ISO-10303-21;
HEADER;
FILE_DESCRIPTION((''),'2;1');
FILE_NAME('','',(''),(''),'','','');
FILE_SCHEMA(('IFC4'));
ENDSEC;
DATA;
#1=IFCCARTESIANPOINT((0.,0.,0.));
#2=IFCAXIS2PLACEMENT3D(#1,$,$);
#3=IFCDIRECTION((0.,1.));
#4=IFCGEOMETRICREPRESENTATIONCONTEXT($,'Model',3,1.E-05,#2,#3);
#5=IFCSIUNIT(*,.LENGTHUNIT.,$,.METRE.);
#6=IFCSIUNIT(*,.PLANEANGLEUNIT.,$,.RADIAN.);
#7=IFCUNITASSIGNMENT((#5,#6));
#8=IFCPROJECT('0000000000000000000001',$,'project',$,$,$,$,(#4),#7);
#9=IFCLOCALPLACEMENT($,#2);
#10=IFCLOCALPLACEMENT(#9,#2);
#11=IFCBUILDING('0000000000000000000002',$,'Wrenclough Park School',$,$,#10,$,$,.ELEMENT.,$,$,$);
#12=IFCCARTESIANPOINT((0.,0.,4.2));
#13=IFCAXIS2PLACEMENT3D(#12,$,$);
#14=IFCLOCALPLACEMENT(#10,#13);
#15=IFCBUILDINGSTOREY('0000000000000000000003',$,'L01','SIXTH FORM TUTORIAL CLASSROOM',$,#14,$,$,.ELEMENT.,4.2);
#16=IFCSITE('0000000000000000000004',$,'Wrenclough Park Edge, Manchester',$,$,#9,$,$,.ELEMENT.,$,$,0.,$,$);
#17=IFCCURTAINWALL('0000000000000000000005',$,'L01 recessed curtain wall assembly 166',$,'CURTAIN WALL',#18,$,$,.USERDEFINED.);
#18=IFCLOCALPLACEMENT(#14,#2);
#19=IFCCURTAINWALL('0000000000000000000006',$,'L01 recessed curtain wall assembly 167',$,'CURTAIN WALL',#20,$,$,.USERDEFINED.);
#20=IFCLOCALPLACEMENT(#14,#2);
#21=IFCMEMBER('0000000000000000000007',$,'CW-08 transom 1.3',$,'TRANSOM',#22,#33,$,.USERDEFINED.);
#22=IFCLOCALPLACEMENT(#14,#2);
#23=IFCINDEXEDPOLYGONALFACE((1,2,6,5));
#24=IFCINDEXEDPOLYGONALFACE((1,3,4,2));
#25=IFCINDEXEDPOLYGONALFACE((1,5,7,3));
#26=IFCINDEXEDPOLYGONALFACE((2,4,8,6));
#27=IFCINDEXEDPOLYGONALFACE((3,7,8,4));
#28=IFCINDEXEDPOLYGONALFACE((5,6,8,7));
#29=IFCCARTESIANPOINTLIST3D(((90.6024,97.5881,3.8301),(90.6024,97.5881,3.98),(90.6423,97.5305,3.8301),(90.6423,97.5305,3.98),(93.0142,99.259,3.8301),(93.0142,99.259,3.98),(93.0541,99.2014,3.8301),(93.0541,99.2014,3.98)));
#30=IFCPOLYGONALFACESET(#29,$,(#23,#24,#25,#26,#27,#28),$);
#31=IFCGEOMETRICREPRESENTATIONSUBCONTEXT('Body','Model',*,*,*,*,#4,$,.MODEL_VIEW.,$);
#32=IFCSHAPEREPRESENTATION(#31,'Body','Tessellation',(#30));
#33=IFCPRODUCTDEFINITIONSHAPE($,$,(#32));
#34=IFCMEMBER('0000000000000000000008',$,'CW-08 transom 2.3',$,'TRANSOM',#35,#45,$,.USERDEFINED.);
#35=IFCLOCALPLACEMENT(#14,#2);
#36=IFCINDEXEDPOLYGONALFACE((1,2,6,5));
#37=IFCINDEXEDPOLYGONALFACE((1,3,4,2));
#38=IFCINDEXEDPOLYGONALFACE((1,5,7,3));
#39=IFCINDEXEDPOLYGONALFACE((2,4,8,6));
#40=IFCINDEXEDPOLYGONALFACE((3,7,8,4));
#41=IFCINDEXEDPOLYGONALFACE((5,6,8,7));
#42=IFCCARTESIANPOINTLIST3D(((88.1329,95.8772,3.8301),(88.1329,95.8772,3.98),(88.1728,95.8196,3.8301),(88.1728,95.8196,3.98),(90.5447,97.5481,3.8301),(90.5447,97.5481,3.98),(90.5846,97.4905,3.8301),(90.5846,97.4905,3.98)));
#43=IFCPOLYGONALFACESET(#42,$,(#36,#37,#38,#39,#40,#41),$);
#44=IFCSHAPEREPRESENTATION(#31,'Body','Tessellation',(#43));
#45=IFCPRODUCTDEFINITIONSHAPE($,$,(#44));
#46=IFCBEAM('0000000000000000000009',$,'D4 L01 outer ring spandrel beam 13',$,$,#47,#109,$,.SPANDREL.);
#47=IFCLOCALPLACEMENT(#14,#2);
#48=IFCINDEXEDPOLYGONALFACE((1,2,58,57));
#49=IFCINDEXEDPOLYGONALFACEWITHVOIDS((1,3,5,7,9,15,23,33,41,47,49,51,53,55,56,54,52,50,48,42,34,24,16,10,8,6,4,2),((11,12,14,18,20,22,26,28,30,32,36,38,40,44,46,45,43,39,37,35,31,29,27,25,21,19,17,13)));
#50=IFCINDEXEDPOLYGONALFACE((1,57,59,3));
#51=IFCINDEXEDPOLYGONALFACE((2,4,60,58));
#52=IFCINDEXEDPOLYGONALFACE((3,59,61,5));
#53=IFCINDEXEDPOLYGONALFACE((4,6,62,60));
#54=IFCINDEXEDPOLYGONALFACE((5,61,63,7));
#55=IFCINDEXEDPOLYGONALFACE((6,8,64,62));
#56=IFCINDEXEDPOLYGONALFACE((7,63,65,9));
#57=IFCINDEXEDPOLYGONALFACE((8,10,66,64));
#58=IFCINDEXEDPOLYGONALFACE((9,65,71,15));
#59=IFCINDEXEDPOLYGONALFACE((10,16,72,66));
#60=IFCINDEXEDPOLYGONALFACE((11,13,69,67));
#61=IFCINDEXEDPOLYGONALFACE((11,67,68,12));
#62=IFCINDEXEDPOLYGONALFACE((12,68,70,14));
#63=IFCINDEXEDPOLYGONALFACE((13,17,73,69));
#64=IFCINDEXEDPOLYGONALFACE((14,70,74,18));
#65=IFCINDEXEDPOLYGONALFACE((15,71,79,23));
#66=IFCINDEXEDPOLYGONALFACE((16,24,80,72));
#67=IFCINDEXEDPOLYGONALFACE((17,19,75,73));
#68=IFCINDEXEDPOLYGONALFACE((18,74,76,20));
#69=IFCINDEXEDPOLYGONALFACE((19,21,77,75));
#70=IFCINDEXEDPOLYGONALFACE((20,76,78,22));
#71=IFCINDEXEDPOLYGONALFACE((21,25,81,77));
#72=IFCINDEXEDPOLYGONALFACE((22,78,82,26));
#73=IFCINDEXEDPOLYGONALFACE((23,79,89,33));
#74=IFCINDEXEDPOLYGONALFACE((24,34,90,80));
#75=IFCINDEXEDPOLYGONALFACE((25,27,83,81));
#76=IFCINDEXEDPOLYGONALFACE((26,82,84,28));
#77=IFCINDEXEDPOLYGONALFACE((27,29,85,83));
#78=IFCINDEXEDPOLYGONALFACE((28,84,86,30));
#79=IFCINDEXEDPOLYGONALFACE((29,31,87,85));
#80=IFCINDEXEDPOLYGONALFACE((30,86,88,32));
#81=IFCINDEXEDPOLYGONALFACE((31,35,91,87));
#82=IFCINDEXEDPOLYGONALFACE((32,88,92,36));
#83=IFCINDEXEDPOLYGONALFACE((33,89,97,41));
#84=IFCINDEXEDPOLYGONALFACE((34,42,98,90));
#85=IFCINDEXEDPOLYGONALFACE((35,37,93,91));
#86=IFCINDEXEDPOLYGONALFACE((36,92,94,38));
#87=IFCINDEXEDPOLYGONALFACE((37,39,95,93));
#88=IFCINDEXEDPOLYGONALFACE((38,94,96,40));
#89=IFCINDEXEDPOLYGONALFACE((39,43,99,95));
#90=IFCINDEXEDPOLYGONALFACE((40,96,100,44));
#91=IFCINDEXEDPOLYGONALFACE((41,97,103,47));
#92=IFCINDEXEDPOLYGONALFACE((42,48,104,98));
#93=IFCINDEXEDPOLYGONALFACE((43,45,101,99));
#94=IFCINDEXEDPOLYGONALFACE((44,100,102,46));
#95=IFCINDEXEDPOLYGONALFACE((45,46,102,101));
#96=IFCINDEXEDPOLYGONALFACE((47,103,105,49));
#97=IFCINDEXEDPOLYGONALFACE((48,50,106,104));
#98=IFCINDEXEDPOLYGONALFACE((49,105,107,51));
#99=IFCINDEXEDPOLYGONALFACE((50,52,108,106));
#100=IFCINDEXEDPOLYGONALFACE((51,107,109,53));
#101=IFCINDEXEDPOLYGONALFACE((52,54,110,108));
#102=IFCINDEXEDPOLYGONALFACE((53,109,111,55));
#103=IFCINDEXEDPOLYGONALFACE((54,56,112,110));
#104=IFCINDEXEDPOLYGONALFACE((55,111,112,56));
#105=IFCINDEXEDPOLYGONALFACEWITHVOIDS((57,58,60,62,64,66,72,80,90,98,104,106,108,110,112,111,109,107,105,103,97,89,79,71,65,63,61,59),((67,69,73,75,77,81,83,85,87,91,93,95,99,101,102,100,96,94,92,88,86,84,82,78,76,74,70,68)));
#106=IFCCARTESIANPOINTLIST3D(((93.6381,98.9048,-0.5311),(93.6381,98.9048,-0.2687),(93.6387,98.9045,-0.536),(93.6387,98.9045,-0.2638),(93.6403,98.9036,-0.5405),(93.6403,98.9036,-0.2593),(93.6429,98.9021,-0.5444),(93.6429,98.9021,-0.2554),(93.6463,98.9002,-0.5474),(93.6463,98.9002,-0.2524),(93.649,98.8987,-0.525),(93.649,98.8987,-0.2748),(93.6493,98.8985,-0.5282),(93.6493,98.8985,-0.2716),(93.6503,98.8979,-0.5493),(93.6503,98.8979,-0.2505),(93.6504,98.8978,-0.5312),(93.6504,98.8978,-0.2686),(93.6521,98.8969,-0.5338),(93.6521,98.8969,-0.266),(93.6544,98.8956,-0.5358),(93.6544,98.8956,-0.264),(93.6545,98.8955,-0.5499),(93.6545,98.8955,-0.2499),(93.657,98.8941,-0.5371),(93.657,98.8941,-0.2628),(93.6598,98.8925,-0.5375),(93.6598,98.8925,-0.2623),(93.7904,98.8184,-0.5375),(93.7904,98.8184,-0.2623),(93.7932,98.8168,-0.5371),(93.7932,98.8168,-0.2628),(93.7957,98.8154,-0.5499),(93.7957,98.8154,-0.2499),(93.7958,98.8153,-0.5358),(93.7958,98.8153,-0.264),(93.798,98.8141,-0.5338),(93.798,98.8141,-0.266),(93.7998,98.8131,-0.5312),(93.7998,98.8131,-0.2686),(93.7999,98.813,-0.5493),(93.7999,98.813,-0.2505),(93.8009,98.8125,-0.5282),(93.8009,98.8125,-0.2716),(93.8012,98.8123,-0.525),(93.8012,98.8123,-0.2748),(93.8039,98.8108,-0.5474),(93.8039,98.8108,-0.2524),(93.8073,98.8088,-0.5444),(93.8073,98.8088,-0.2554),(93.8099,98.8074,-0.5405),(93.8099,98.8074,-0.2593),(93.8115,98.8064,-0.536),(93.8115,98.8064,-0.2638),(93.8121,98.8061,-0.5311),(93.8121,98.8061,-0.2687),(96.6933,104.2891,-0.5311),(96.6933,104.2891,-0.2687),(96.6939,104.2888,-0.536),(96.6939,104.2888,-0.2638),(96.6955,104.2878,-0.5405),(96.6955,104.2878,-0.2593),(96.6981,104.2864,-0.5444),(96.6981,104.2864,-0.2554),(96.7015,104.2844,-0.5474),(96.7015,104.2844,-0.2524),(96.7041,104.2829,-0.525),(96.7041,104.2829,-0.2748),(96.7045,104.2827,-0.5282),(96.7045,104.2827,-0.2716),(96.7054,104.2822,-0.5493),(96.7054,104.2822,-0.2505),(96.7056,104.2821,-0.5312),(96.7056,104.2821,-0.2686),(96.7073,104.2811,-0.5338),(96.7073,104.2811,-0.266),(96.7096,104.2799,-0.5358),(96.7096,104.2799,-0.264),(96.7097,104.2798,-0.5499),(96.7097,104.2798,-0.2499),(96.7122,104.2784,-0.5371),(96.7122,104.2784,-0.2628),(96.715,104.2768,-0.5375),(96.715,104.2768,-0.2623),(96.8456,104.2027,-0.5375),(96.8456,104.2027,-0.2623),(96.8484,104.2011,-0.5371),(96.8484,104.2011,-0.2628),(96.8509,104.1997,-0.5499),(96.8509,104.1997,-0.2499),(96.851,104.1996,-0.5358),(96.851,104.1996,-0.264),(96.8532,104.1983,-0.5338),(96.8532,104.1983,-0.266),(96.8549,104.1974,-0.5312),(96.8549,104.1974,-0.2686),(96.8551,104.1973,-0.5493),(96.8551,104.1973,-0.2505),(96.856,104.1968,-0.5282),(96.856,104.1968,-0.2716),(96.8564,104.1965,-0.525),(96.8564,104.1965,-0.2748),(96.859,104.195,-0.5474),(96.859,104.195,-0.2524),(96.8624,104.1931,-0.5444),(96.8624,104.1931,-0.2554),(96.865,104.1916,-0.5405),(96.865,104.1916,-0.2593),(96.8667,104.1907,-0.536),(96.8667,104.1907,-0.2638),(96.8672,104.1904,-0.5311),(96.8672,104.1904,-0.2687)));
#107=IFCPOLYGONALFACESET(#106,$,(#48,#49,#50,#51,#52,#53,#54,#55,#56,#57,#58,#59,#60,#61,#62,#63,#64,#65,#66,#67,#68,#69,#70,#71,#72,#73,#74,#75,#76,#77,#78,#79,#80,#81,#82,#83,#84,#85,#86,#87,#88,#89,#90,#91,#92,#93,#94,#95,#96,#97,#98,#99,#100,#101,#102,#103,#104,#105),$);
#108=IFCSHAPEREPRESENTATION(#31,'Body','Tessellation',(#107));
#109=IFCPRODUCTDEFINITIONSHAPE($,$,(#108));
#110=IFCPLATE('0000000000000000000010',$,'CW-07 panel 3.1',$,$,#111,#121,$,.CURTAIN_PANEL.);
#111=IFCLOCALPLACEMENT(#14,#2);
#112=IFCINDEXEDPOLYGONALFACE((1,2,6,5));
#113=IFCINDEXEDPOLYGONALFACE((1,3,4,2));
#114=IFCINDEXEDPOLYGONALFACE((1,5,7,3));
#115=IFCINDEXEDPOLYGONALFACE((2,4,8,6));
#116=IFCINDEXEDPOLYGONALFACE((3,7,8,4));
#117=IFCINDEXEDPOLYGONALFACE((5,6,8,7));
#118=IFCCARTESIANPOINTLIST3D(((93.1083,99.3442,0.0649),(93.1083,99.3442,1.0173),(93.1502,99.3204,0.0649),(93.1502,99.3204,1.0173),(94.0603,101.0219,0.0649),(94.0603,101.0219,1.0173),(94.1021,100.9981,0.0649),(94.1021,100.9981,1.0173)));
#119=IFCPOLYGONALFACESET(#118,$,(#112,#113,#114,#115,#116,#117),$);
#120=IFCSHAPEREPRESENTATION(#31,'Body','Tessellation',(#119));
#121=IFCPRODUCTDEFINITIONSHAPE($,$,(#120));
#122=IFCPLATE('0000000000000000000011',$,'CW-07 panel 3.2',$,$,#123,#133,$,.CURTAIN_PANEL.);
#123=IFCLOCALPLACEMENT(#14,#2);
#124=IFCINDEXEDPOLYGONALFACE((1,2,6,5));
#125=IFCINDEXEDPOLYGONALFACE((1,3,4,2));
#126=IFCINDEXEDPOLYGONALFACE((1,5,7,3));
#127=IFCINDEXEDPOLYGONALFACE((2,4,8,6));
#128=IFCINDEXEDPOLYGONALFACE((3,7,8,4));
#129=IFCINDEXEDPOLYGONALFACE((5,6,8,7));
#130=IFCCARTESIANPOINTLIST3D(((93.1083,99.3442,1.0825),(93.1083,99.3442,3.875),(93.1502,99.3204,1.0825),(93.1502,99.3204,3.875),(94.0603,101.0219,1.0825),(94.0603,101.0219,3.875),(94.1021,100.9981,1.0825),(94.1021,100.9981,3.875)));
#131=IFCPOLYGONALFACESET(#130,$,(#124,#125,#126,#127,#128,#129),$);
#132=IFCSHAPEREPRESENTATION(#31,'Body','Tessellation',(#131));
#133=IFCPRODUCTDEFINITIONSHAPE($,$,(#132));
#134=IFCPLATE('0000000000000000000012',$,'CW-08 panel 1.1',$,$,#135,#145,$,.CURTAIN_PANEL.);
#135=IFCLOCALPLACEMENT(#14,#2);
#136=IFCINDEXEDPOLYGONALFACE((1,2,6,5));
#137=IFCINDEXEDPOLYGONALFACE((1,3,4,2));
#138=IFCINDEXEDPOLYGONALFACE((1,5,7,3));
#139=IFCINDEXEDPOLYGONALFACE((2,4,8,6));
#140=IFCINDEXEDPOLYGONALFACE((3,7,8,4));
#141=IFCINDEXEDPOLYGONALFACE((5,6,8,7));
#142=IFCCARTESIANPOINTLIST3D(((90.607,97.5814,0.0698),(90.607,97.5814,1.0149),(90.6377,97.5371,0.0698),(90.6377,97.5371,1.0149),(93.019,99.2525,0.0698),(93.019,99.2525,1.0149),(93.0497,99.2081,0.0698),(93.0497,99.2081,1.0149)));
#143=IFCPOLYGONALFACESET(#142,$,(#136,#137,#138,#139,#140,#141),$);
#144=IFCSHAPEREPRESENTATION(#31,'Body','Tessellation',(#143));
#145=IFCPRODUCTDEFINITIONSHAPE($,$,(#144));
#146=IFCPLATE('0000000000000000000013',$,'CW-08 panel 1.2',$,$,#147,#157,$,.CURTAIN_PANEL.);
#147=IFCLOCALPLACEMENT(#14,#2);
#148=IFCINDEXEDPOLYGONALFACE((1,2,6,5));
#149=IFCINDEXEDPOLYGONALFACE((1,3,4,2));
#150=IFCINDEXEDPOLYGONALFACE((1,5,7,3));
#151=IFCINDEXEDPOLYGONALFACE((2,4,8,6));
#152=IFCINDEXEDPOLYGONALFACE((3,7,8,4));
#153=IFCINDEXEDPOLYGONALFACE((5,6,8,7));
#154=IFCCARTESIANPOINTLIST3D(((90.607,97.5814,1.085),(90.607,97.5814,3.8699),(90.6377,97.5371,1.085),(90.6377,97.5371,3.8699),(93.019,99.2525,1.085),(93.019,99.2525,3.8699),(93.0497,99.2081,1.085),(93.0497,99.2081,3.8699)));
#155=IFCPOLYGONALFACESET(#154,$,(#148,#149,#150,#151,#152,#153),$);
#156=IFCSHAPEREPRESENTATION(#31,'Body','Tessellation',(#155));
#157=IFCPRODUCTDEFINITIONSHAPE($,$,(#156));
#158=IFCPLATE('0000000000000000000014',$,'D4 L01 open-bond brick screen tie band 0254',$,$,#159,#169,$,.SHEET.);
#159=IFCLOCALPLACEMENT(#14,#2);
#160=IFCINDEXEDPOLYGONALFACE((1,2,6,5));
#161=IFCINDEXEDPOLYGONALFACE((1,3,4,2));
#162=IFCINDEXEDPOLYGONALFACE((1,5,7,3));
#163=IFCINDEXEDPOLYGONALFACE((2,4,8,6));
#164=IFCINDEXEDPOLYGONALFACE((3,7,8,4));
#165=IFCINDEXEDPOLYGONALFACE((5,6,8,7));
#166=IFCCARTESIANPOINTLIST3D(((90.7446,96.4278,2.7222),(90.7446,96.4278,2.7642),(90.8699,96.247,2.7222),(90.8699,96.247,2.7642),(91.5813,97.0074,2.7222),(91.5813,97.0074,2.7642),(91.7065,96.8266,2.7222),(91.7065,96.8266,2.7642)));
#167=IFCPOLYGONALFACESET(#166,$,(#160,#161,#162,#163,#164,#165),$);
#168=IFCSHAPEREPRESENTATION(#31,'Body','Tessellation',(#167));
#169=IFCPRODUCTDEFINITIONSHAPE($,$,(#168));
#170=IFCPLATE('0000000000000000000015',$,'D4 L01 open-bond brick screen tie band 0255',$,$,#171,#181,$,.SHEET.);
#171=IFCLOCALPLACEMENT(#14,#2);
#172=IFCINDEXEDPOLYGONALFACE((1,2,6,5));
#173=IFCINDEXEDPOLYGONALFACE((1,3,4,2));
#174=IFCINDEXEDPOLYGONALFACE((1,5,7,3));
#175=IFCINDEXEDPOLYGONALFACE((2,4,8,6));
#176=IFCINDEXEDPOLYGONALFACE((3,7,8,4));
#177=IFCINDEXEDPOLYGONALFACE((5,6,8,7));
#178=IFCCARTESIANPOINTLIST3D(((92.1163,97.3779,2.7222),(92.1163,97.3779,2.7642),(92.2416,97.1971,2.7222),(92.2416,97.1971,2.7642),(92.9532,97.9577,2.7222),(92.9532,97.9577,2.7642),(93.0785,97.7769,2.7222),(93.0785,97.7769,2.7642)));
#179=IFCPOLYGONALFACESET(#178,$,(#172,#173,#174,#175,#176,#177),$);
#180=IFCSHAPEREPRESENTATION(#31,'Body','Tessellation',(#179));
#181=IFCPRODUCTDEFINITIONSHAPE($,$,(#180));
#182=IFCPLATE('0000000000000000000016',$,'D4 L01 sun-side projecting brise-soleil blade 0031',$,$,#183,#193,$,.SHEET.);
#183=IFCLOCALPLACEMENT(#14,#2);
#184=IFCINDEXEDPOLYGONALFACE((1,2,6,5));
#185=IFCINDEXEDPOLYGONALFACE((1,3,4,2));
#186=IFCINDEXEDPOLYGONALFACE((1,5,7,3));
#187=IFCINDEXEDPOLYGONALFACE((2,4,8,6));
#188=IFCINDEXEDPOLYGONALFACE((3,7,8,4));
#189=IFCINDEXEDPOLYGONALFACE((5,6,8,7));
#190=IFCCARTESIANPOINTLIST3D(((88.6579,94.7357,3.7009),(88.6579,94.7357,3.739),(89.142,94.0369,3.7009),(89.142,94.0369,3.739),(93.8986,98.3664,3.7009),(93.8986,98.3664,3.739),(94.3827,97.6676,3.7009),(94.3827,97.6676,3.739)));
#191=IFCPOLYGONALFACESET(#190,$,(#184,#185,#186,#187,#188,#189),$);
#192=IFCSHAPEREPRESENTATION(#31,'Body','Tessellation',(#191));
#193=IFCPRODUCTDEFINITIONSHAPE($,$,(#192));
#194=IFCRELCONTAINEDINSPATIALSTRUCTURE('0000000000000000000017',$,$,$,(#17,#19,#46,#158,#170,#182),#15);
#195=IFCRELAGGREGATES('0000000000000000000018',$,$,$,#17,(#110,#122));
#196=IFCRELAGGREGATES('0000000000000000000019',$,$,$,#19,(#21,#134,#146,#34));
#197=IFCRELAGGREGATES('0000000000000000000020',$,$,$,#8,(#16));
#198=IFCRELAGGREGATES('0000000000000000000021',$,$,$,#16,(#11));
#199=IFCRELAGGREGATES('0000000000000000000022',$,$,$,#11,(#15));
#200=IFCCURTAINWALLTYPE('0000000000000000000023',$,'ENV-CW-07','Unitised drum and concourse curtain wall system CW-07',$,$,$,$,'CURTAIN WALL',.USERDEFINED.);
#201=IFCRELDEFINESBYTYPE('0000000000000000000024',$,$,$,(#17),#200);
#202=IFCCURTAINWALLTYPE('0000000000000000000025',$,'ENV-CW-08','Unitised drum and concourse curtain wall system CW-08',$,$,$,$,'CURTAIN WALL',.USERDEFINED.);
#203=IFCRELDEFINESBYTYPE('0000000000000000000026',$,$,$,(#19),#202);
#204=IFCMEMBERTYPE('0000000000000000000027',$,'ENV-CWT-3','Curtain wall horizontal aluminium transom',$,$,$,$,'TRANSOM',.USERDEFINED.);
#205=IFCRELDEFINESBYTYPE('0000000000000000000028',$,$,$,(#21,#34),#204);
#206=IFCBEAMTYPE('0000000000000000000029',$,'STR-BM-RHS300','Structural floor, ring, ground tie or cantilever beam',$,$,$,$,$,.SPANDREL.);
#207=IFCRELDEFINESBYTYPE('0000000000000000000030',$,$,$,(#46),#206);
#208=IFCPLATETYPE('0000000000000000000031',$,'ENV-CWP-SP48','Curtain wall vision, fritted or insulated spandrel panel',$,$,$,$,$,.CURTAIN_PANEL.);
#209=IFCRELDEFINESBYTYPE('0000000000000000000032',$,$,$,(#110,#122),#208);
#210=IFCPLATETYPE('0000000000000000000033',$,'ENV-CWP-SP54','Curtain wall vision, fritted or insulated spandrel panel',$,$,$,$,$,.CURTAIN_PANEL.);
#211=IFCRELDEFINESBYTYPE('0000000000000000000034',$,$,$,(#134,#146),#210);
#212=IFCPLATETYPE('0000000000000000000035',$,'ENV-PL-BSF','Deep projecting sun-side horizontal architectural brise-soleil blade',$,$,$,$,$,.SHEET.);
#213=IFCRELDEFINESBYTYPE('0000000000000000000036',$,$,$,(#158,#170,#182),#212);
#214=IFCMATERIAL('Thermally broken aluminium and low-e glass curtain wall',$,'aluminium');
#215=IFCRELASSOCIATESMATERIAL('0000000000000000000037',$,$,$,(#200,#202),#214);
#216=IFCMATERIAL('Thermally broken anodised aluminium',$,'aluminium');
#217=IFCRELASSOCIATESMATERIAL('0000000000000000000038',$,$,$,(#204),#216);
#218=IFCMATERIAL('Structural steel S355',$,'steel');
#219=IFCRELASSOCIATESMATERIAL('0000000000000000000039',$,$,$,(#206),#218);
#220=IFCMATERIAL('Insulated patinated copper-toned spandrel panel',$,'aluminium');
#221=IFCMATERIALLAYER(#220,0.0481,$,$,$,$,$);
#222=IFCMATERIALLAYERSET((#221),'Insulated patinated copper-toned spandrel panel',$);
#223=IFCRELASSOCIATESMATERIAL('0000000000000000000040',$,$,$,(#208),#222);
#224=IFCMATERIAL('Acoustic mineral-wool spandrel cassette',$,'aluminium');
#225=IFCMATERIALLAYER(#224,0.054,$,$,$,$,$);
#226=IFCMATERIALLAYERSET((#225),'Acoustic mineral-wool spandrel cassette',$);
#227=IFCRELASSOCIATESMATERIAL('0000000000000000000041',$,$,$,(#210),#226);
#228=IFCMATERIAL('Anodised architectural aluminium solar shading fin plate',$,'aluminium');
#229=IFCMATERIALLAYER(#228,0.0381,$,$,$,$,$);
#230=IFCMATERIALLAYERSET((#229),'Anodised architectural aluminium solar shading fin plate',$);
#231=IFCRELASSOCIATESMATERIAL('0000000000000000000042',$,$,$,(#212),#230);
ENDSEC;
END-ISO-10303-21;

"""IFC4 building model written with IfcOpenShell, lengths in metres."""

from ifc_helpers import new_model, si_unit, direction, frame, origin, origin_2d, place, context, subcontext, project, spatial, rectangle, hollow_rectangle, extrude, material, layer, layer_set, material_profile, profile_set, type_object, element, aggregate, save


model = new_model("IFC4")

# Units and contexts
model_context = context("Model", 3, precision=1e-05, world=origin(), true_north=direction((0.0, 1.0)))
body_context = subcontext(model_context, "Body", "Model", "MODEL_VIEW")
ifc_project = project(units=[si_unit("LENGTHUNIT", "METRE"), si_unit("PLANEANGLEUNIT", "RADIAN")], contexts=[model_context])

# Site, building, storey
site_placement = place(None, origin())
site = spatial("IfcSite", under=ifc_project, at=site_placement, Name="Wrenclough Park Edge, Manchester", CompositionType="ELEMENT", RefElevation=0.0)
building_placement = place(site_placement, origin())
building = spatial("IfcBuilding", under=site, at=building_placement, Name="Wrenclough Park School", CompositionType="ELEMENT")
storey_placement = place(building_placement, frame((0.0, 0.0, 4.2)))
storey = spatial("IfcBuildingStorey", under=building, at=storey_placement, Name="L01", Description="SIXTH FORM TUTORIAL CLASSROOM", CompositionType="ELEMENT", Elevation=4.2)

# Shared definitions
ifc_material_1 = material(Name="Structural steel S355", Category="steel")

# Curtain wall
ifc_material_2 = material(Name="Thermally broken aluminium and low-e glass curtain wall", Category="aluminium")
curtain_wall_type_1 = type_object("IfcCurtainWallType", Name="ENV-CW-07", Description="Unitised drum and concourse curtain wall system CW-07", ElementType="CURTAIN WALL", PredefinedType="USERDEFINED", material=ifc_material_2)
curtain_wall_1_placement = place(storey_placement, origin())
curtain_wall_1 = element("IfcCurtainWall", 1, at=curtain_wall_1_placement, inside=storey, type_object=curtain_wall_type_1, Name="L01 recessed curtain wall assembly 166", ObjectType="CURTAIN WALL", PredefinedType="USERDEFINED")
ifc_material_3 = material(Name="Thermally broken anodised aluminium", Category="aluminium")

# Curtain wall
curtain_wall_type_2 = type_object("IfcCurtainWallType", Name="ENV-CW-08", Description="Unitised drum and concourse curtain wall system CW-08", ElementType="CURTAIN WALL", PredefinedType="USERDEFINED", material=ifc_material_2)
curtain_wall_2_placement = place(storey_placement, origin())
curtain_wall_2 = element("IfcCurtainWall", 2, at=curtain_wall_2_placement, inside=storey, type_object=curtain_wall_type_2, Name="L01 recessed curtain wall assembly 167", ObjectType="CURTAIN WALL", PredefinedType="USERDEFINED")

# Members
ifc_material_profile_1 = material_profile(ifc_material_3, rectangle(XDim=0.0701, YDim=0.1499, at=origin_2d()), Name="AL TRANSOM 70x150")
ifc_profile_set_1 = profile_set([ifc_material_profile_1], Name="Thermally broken anodised aluminium")
member_type_1 = type_object("IfcMemberType", Name="ENV-CWT-3", Description="Curtain wall horizontal aluminium transom", ElementType="TRANSOM", PredefinedType="USERDEFINED", material=ifc_profile_set_1)
member_1_placement = place(storey_placement, frame((93.0342, 99.2302, 3.905), z_axis=(-0.822009, -0.569474, 0.0), x_axis=(0.569474, -0.822009, 0.0)))
member_1 = element("IfcMember", 3, at=member_1_placement, type_object=member_type_1, Name="CW-08 transom 1.3", ObjectType="TRANSOM", PredefinedType="USERDEFINED", context=body_context, shape_type="SweptSolid", body=[
    extrude(rectangle(XDim=0.0701, YDim=0.1499, at=origin_2d()), origin(), (0.0, 0.0, 1.0), 2.9341),
])
member_2_placement = place(storey_placement, frame((90.5647, 97.5193, 3.905), z_axis=(-0.822009, -0.569474, 0.0), x_axis=(0.569474, -0.822009, 0.0)))
member_2 = element("IfcMember", 4, at=member_2_placement, type_object=member_type_1, Name="CW-08 transom 2.3", ObjectType="TRANSOM", PredefinedType="USERDEFINED", context=body_context, shape_type="SweptSolid", body=[
    extrude(rectangle(XDim=0.0701, YDim=0.1499, at=origin_2d()), origin(), (0.0, 0.0, 1.0), 2.9341),
])

# Beam
ifc_material_profile_2 = material_profile(ifc_material_1, hollow_rectangle(XDim=0.2, YDim=0.3, WallThickness=0.0125, InnerFilletRadius=0.0125, OuterFilletRadius=0.0188, at=origin_2d()), Name="RHS 300x200x12.5")
ifc_profile_set_2 = profile_set([ifc_material_profile_2], Name="Structural steel S355")
beam_type = type_object("IfcBeamType", Name="STR-BM-RHS300", Description="Structural floor, ring, ground tie or cantilever beam", PredefinedType="SPANDREL", material=ifc_profile_set_2)
beam_placement = place(storey_placement, frame((93.7251, 98.8555, -0.3999), z_axis=(0.493512, 0.869739, 0.0), x_axis=(-0.869739, 0.493512, 0.0)))
element("IfcBeam", 5, at=beam_placement, inside=storey, type_object=beam_type, Name="D4 L01 outer ring spandrel beam 13", PredefinedType="SPANDREL", context=body_context, shape_type="SweptSolid", body=[
    extrude(hollow_rectangle(XDim=0.2, YDim=0.3, WallThickness=0.0125, InnerFilletRadius=0.0125, OuterFilletRadius=0.0188, at=origin_2d()), origin(), (0.0, 0.0, 1.0), 6.1907),
])

# Plates
ifc_material_4 = material(Name="Insulated patinated copper-toned spandrel panel", Category="aluminium")
ifc_layer_1 = layer(ifc_material_4, 0.0481)
ifc_layer_set_1 = layer_set([ifc_layer_1], Name="Insulated patinated copper-toned spandrel panel")
plate_type_1 = type_object("IfcPlateType", Name="ENV-CWP-SP48", Description="Curtain wall vision, fritted or insulated spandrel panel", PredefinedType="CURTAIN_PANEL", material=ifc_layer_set_1)
plate_1_placement = place(storey_placement, frame((93.6052, 100.1711, 0.0649), z_axis=(0.0, 0.0, 1.0), x_axis=(-0.493501, -0.869745, 0.0)))
plate_1 = element("IfcPlate", 6, at=plate_1_placement, type_object=plate_type_1, Name="CW-07 panel 3.1", PredefinedType="CURTAIN_PANEL", context=body_context, shape_type="SweptSolid", body=[
    extrude(rectangle(XDim=1.929, YDim=0.0481, at=origin_2d()), origin(), (0.0, 0.0, 1.0), 0.9524),
])
plate_2_placement = place(storey_placement, frame((93.6052, 100.1711, 1.0825), z_axis=(0.0, 0.0, 1.0), x_axis=(-0.493501, -0.869745, 0.0)))
plate_2 = element("IfcPlate", 7, at=plate_2_placement, type_object=plate_type_1, Name="CW-07 panel 3.2", PredefinedType="CURTAIN_PANEL", context=body_context, shape_type="SweptSolid", body=[
    extrude(rectangle(XDim=1.929, YDim=0.0481, at=origin_2d()), origin(), (0.0, 0.0, 1.0), 2.7925),
])
aggregate(curtain_wall_1, [plate_1, plate_2])
ifc_material_5 = material(Name="Acoustic mineral-wool spandrel cassette", Category="aluminium")
ifc_layer_2 = layer(ifc_material_5, 0.054)
ifc_layer_set_2 = layer_set([ifc_layer_2], Name="Acoustic mineral-wool spandrel cassette")
plate_type_2 = type_object("IfcPlateType", Name="ENV-CWP-SP54", Description="Curtain wall vision, fritted or insulated spandrel panel", PredefinedType="CURTAIN_PANEL", material=ifc_layer_set_2)
plate_3_placement = place(storey_placement, frame((91.8284, 98.3948, 0.0698), z_axis=(0.0, 0.0, 1.0), x_axis=(-0.822001, -0.569486, 0.0)))
plate_3 = element("IfcPlate", 8, at=plate_3_placement, type_object=plate_type_2, Name="CW-08 panel 1.1", PredefinedType="CURTAIN_PANEL", context=body_context, shape_type="SweptSolid", body=[
    extrude(rectangle(XDim=2.9343, YDim=0.054, at=origin_2d()), origin(), (0.0, 0.0, 1.0), 0.9451),
])
plate_4_placement = place(storey_placement, frame((91.8284, 98.3948, 1.085), z_axis=(0.0, 0.0, 1.0), x_axis=(-0.822001, -0.569486, 0.0)))
plate_4 = element("IfcPlate", 9, at=plate_4_placement, type_object=plate_type_2, Name="CW-08 panel 1.2", PredefinedType="CURTAIN_PANEL", context=body_context, shape_type="SweptSolid", body=[
    extrude(rectangle(XDim=2.9343, YDim=0.054, at=origin_2d()), origin(), (0.0, 0.0, 1.0), 2.7849),
])
aggregate(curtain_wall_2, [member_1, plate_3, plate_4, member_2])

# Plates
ifc_material_6 = material(Name="Anodised architectural aluminium solar shading fin plate", Category="aluminium")
ifc_layer_3 = layer(ifc_material_6, 0.0381)
ifc_layer_set_3 = layer_set([ifc_layer_3], Name="Anodised architectural aluminium solar shading fin plate")
plate_type_3 = type_object("IfcPlateType", Name="ENV-PL-BSF", Description="Deep projecting sun-side horizontal architectural brise-soleil blade", PredefinedType="SHEET", material=ifc_layer_set_3)
plate_5_placement = place(storey_placement, frame((91.2256, 96.6272, 2.7222), z_axis=(0.0, 0.0, 1.0), x_axis=(0.822008, 0.569476, 0.0)))
element("IfcPlate", 10, at=plate_5_placement, inside=storey, type_object=plate_type_3, Name="D4 L01 open-bond brick screen tie band 0254", PredefinedType="SHEET", context=body_context, shape_type="SweptSolid", body=[
    extrude(rectangle(XDim=1.0178, YDim=0.22, at=origin_2d()), origin(), (0.0, 0.0, 1.0), 0.042),
])
plate_6_placement = place(storey_placement, frame((92.5974, 97.5774, 2.7222), z_axis=(0.0, 0.0, 1.0), x_axis=(0.822008, 0.569476, 0.0)))
element("IfcPlate", 11, at=plate_6_placement, inside=storey, type_object=plate_type_3, Name="D4 L01 open-bond brick screen tie band 0255", PredefinedType="SHEET", context=body_context, shape_type="SweptSolid", body=[
    extrude(rectangle(XDim=1.0181, YDim=0.22, at=origin_2d()), origin(), (0.0, 0.0, 1.0), 0.042),
])
plate_7_placement = place(storey_placement, frame((91.5203, 96.2017, 3.7009), z_axis=(0.0, 0.0, 1.0), x_axis=(0.822008, 0.569476, 0.0)))
element("IfcPlate", 12, at=plate_7_placement, inside=storey, type_object=plate_type_3, Name="D4 L01 sun-side projecting brise-soleil blade 0031", PredefinedType="SHEET", context=body_context, shape_type="SweptSolid", body=[
    extrude(rectangle(XDim=6.3755, YDim=0.8501, at=origin_2d()), origin(), (0.0, 0.0, 1.0), 0.0381),
])

save(model, "model.ifc")
